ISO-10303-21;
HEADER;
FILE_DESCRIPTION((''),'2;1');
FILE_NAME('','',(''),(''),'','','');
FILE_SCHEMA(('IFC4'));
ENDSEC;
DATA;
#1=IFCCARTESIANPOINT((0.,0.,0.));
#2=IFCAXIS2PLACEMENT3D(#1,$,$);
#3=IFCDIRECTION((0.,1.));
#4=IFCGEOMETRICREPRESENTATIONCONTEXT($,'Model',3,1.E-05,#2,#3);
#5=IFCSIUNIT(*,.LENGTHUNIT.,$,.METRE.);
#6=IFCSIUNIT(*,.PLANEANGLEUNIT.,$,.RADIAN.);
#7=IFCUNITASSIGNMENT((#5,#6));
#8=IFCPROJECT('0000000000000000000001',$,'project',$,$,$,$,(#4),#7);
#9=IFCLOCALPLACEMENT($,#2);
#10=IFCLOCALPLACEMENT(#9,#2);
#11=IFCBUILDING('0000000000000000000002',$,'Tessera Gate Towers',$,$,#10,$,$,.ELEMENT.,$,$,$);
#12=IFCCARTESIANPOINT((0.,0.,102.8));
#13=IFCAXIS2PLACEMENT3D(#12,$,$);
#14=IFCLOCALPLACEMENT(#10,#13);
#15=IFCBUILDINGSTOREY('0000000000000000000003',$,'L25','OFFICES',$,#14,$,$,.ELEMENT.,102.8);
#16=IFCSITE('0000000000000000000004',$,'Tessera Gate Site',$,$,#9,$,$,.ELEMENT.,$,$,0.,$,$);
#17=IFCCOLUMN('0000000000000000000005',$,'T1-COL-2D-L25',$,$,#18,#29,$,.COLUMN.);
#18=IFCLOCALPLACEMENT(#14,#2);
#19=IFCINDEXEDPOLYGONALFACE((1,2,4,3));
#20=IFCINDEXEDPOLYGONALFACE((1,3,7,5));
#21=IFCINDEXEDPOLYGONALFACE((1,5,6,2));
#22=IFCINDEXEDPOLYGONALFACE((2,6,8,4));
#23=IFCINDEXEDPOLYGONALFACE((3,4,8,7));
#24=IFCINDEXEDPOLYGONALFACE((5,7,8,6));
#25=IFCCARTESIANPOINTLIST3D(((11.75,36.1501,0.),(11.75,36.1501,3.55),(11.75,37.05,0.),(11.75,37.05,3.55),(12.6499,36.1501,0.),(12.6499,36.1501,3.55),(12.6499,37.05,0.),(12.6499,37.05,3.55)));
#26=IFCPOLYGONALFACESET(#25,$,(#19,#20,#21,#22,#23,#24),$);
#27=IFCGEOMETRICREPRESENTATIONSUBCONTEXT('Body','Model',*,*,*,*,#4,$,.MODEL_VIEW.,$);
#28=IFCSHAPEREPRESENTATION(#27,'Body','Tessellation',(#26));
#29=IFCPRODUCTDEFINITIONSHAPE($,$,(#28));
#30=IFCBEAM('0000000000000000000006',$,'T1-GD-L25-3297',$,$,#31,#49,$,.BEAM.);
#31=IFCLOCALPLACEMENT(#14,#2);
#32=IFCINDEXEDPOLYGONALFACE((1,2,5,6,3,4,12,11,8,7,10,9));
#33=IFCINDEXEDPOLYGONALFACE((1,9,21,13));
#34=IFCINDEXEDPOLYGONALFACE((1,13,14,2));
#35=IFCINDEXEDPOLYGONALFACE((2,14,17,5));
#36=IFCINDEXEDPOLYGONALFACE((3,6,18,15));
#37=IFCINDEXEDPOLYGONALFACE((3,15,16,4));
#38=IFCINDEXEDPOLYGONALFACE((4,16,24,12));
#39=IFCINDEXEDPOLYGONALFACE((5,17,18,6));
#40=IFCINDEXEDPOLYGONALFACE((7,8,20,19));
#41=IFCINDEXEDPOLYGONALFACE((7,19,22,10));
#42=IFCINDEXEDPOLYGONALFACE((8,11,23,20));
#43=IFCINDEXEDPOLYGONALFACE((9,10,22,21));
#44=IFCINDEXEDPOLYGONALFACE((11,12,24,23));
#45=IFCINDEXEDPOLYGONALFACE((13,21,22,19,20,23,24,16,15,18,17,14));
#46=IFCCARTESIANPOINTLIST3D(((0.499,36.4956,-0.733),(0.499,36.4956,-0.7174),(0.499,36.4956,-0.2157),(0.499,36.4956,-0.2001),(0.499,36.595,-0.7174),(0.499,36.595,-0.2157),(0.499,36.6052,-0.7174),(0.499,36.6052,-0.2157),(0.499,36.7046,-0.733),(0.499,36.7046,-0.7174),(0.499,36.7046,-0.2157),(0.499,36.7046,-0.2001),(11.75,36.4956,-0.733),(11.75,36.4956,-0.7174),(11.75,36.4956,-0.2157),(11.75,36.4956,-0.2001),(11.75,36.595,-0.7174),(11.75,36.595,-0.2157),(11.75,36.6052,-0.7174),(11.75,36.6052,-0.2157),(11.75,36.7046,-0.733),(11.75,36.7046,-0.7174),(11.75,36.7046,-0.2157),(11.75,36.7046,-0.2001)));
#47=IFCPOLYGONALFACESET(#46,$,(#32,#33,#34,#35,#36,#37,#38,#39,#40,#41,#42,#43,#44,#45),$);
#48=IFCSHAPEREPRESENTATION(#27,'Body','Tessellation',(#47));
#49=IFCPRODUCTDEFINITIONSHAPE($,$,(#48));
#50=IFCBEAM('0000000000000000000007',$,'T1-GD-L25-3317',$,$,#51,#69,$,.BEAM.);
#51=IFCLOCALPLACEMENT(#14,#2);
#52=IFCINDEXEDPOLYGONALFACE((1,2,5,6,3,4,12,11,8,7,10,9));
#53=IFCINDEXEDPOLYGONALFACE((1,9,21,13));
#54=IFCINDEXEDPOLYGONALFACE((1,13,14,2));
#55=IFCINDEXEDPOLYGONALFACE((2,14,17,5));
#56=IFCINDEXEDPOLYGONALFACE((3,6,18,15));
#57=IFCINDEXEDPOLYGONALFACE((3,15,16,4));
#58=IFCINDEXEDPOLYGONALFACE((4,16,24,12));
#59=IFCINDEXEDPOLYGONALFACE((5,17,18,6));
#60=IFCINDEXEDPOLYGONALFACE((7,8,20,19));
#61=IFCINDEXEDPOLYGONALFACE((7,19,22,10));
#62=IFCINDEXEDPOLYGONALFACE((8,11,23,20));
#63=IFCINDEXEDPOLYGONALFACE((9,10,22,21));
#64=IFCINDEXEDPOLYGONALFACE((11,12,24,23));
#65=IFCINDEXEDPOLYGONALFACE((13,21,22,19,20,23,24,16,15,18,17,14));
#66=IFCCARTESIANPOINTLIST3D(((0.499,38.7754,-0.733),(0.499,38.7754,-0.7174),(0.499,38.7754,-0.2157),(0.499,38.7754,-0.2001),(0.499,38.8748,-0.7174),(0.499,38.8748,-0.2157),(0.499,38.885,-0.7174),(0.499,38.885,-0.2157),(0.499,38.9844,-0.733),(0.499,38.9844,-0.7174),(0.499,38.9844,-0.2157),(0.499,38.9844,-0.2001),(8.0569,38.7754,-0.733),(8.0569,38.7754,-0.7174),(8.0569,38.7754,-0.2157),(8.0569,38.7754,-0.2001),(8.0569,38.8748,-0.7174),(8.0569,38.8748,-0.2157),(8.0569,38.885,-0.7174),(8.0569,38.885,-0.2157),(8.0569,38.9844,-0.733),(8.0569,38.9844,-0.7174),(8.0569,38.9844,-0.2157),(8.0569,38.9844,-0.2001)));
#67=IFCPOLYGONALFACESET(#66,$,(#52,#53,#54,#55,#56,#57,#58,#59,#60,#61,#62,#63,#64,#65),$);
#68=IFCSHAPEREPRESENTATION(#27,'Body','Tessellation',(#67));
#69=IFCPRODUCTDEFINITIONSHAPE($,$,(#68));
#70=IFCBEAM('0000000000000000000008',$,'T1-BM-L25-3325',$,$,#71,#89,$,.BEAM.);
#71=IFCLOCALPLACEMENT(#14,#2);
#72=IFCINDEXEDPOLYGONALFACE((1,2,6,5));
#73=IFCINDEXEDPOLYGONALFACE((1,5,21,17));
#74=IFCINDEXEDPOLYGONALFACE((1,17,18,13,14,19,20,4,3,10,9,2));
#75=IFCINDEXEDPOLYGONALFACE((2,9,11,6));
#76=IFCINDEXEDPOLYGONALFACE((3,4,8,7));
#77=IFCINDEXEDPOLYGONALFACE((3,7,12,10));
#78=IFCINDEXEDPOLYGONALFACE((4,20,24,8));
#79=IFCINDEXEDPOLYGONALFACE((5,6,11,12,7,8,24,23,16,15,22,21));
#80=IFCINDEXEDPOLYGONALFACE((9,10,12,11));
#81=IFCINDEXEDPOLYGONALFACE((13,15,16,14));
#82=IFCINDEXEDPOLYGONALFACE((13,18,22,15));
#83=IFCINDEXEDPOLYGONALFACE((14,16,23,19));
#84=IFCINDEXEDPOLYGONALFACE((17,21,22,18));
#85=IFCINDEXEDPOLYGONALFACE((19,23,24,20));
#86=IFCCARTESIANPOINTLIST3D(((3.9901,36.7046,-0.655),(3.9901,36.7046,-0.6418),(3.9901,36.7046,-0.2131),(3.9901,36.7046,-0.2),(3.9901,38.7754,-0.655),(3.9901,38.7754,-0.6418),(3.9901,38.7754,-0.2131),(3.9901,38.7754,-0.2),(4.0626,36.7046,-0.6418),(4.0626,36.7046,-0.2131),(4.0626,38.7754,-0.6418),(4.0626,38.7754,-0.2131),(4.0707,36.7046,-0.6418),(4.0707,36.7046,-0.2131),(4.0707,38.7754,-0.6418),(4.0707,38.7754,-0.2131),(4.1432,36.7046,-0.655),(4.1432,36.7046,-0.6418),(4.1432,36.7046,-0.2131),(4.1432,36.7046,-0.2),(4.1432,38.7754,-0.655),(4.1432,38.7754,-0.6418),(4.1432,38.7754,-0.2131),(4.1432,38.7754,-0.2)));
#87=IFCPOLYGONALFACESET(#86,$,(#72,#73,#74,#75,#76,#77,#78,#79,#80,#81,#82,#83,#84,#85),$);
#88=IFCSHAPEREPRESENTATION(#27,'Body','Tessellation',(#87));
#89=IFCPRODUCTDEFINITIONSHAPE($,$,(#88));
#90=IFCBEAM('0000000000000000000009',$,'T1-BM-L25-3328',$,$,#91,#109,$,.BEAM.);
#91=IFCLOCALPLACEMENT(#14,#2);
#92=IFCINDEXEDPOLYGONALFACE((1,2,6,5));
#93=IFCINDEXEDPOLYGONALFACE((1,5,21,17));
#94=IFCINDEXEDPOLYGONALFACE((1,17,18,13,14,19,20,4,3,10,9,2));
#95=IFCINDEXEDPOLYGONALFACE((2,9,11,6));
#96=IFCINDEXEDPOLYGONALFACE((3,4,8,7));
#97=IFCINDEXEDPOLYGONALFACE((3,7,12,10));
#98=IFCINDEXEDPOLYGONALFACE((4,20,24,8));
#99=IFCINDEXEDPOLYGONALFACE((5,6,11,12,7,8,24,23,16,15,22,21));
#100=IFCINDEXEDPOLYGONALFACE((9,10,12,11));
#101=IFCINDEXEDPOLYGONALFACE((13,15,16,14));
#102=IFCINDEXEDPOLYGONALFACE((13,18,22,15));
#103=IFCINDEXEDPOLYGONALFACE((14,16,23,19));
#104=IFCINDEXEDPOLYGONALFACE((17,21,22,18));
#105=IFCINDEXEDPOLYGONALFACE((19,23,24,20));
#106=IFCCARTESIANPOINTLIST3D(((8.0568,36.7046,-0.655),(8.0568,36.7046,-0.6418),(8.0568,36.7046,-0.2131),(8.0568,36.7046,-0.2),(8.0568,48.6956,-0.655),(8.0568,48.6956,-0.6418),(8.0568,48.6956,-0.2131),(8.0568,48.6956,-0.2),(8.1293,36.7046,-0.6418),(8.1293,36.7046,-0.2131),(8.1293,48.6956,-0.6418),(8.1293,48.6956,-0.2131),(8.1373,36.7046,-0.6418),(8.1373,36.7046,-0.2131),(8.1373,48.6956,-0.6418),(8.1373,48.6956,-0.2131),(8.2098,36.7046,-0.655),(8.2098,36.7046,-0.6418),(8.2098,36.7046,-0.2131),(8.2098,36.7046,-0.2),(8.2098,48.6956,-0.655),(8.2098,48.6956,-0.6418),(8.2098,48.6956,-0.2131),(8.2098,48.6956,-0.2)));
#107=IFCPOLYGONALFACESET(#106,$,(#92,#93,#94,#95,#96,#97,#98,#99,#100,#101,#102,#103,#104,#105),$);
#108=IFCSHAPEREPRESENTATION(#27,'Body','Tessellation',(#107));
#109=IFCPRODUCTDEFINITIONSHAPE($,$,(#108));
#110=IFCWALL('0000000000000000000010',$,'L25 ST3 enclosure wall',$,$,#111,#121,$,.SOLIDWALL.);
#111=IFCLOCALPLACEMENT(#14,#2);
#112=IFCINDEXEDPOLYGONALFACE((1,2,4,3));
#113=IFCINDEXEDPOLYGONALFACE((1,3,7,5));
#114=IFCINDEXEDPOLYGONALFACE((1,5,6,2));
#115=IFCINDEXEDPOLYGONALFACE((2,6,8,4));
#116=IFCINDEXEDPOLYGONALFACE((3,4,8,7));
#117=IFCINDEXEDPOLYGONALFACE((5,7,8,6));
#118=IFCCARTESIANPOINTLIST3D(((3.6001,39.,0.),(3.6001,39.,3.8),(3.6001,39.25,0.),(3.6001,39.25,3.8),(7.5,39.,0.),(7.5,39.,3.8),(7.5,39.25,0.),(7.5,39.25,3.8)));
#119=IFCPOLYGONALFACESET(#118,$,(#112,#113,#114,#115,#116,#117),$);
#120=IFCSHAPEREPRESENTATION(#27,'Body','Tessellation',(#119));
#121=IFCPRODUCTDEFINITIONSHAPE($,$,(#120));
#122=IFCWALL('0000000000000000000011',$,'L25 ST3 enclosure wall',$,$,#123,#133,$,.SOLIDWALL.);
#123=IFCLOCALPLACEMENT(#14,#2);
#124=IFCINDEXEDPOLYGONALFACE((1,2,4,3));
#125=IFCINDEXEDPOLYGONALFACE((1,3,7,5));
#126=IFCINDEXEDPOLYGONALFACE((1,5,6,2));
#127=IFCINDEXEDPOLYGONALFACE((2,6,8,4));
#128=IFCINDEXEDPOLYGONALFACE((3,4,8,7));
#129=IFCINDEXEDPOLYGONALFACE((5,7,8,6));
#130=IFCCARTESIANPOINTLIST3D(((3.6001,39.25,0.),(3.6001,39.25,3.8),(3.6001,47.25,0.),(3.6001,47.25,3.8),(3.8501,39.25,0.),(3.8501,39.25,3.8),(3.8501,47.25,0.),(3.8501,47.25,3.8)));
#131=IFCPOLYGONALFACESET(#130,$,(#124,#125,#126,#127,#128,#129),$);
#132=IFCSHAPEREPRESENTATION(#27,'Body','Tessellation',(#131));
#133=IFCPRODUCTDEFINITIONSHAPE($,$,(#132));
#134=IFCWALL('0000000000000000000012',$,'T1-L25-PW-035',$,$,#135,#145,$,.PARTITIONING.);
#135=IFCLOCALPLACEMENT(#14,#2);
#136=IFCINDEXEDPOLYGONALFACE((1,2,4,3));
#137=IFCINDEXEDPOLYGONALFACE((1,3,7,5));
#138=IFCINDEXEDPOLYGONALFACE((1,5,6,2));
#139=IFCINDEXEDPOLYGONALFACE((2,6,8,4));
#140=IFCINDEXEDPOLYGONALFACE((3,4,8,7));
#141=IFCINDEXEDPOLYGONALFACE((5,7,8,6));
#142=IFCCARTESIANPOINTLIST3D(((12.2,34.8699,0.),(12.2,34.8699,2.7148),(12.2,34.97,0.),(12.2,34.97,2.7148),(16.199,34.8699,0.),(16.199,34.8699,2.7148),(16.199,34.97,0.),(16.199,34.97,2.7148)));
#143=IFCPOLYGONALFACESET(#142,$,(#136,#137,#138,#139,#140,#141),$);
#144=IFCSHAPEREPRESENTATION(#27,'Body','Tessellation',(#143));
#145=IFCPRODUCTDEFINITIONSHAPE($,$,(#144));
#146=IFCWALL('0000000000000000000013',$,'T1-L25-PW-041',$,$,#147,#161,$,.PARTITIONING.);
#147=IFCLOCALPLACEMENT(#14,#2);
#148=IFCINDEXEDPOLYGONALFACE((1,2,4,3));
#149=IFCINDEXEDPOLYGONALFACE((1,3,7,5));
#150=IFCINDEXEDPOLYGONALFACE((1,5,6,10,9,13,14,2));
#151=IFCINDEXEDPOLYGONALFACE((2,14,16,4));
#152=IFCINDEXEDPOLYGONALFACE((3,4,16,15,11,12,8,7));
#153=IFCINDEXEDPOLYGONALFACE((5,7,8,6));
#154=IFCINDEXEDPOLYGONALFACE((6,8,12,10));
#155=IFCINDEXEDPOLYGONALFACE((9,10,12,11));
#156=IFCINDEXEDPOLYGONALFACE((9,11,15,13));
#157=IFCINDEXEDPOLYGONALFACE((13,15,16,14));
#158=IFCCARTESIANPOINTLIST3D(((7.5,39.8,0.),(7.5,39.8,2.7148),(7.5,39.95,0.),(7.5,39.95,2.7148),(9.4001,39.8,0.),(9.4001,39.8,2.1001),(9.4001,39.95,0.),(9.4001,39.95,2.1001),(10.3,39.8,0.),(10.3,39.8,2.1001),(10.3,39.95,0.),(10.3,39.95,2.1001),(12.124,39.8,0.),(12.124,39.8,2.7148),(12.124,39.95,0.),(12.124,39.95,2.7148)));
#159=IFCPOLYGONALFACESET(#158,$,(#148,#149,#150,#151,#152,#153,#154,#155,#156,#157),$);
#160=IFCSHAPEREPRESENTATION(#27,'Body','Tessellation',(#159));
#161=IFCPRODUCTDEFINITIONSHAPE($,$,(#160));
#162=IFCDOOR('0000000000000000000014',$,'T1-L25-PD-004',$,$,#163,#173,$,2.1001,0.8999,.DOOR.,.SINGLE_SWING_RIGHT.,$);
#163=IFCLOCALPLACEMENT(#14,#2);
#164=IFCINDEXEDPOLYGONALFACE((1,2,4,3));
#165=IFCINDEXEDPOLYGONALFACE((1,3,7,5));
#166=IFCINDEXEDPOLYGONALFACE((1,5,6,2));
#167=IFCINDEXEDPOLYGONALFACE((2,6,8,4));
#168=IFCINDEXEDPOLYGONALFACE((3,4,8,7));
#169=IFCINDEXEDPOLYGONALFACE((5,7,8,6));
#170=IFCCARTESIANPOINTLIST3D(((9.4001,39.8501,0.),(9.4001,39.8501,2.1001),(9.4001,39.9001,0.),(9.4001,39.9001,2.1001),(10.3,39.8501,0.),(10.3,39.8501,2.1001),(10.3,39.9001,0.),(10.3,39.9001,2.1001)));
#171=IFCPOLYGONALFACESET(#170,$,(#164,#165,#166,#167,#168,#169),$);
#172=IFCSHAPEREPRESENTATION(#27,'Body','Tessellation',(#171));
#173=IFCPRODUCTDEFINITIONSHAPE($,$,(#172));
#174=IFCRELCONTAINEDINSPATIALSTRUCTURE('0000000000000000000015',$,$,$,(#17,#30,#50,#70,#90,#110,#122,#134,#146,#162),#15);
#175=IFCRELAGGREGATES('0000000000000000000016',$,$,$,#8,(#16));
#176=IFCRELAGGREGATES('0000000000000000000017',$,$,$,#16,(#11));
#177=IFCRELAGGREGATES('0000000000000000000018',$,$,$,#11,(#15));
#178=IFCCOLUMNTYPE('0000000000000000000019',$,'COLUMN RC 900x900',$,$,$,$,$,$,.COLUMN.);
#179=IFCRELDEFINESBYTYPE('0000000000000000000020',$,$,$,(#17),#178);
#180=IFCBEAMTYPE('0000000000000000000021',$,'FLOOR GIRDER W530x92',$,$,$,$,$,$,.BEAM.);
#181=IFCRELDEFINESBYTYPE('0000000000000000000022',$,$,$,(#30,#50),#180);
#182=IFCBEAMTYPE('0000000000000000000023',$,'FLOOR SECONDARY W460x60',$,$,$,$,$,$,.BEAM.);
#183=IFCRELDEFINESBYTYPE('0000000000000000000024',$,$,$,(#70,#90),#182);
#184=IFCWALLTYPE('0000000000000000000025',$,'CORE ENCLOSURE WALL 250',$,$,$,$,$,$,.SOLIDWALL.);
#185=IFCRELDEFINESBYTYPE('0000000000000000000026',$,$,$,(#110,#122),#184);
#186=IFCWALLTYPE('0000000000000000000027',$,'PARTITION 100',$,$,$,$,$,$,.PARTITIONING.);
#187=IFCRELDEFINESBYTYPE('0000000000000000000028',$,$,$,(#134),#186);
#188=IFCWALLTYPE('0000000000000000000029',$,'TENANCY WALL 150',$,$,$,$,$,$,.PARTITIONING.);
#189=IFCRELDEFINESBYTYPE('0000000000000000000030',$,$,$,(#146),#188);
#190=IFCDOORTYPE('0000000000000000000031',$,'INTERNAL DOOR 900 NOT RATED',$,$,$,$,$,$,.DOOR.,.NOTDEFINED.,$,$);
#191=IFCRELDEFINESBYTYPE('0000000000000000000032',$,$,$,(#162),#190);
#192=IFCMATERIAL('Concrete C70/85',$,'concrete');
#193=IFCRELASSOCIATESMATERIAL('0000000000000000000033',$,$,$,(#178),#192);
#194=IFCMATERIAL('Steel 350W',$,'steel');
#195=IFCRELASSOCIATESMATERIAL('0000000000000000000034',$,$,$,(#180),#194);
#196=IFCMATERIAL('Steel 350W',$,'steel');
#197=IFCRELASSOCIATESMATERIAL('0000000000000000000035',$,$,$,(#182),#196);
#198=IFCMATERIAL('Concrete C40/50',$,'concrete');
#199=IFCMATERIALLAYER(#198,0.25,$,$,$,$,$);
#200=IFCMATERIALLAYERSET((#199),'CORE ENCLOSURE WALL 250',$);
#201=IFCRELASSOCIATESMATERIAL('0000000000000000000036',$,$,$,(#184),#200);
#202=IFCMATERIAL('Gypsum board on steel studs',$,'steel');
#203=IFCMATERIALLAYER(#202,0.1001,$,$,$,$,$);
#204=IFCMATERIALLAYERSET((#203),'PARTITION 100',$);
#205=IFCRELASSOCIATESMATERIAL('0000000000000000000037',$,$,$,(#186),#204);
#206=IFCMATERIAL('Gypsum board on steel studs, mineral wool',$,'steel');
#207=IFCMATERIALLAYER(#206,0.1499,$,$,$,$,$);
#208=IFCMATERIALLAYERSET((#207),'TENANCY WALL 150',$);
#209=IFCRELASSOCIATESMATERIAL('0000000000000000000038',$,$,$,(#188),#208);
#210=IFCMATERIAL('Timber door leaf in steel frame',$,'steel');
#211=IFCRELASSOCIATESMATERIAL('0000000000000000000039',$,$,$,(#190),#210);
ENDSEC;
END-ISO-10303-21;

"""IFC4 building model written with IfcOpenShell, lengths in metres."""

from ifc_helpers import new_model, si_unit, direction, frame, frame_2d, origin, origin_2d, place, context, subcontext, project, spatial, rectangle, i_section, extrude, source, transform, mapped, material, layer, layer_set, material_profile, profile_set, type_object, element, fill, save


model = new_model("IFC4")

# Units and contexts
model_context = context("Model", 3, precision=1e-05, world=origin(), true_north=direction((0.0, 1.0)))
body_context = subcontext(model_context, "Body", "Model", "MODEL_VIEW")
ifc_project = project(units=[si_unit("LENGTHUNIT", "METRE"), si_unit("PLANEANGLEUNIT", "RADIAN")], contexts=[model_context])

# Site, building, storey
site_placement = place(None, origin())
site = spatial("IfcSite", under=ifc_project, at=site_placement, Name="Tessera Gate Site", CompositionType="ELEMENT", RefElevation=0.0)
building_placement = place(site_placement, origin())
building = spatial("IfcBuilding", under=site, at=building_placement, Name="Tessera Gate Towers", CompositionType="ELEMENT")
storey_placement = place(building_placement, frame((0.0, 0.0, 102.8)))
storey = spatial("IfcBuildingStorey", under=building, at=storey_placement, Name="L25", Description="OFFICES", CompositionType="ELEMENT", Elevation=102.8)

# Column
ifc_material_1 = material(Name="Concrete C70/85", Category="concrete")
ifc_material_profile_1 = material_profile(ifc_material_1, rectangle(XDim=0.8999, YDim=0.8999, at=origin_2d()), Name="RC 900x900")
ifc_profile_set_1 = profile_set([ifc_material_profile_1], Name="Concrete C70/85")
column_type = type_object("IfcColumnType", Name="COLUMN RC 900x900", PredefinedType="COLUMN", material=ifc_profile_set_1)
column_placement = place(storey_placement, frame((12.2, 36.6001, 0.0), z_axis=(0.0, 0.0, 1.0), x_axis=(1.0, 0.0, 0.0)))
element("IfcColumn", 1, at=column_placement, inside=storey, type_object=column_type, Name="T1-COL-2D-L25", PredefinedType="COLUMN", context=body_context, shape_type="SweptSolid", body=[
    extrude(rectangle(XDim=0.8999, YDim=0.8999, at=origin_2d()), origin(), (0.0, 0.0, 1.0), 3.55),
])

# Beams
ifc_material_2 = material(Name="Steel 350W", Category="steel")
ifc_material_profile_2 = material_profile(ifc_material_2, i_section(OverallWidth=0.209, OverallDepth=0.533, WebThickness=0.0103, FlangeThickness=0.0156, at=origin_2d()), Name="W530x92")
ifc_profile_set_2 = profile_set([ifc_material_profile_2], Name="Steel 350W")
beam_type_1 = type_object("IfcBeamType", Name="FLOOR GIRDER W530x92", PredefinedType="BEAM", material=ifc_profile_set_2)
beam_1_placement = place(storey_placement, frame((0.499, 36.6001, -0.4666), z_axis=(1.0, 0.0, 0.0), x_axis=(0.0, 1.0, 0.0)))
element("IfcBeam", 2, at=beam_1_placement, inside=storey, type_object=beam_type_1, Name="T1-GD-L25-3297", PredefinedType="BEAM", context=body_context, shape_type="SweptSolid", body=[
    extrude(i_section(OverallWidth=0.209, OverallDepth=0.533, WebThickness=0.0103, FlangeThickness=0.0156, at=origin_2d()), origin(), (0.0, 0.0, 1.0), 11.251),
])
beam_2_placement = place(storey_placement, frame((0.499, 38.8799, -0.4666), z_axis=(1.0, 0.0, 0.0), x_axis=(0.0, 1.0, 0.0)))
element("IfcBeam", 3, at=beam_2_placement, inside=storey, type_object=beam_type_1, Name="T1-GD-L25-3317", PredefinedType="BEAM", context=body_context, shape_type="SweptSolid", body=[
    extrude(i_section(OverallWidth=0.209, OverallDepth=0.533, WebThickness=0.0103, FlangeThickness=0.0156, at=origin_2d()), origin(), (0.0, 0.0, 1.0), 7.5579),
])
ifc_material_3 = material(Name="Steel 350W", Category="steel")
ifc_material_profile_3 = material_profile(ifc_material_3, i_section(OverallWidth=0.1531, OverallDepth=0.4551, WebThickness=0.0081, FlangeThickness=0.0132, at=origin_2d()), Name="W460x60")
ifc_profile_set_3 = profile_set([ifc_material_profile_3], Name="Steel 350W")
beam_type_2 = type_object("IfcBeamType", Name="FLOOR SECONDARY W460x60", PredefinedType="BEAM", material=ifc_profile_set_3)
beam_3_placement = place(storey_placement, frame((4.0667, 36.7046, -0.4275), z_axis=(0.0, 1.0, 0.0), x_axis=(-1.0, 0.0, 0.0)))
element("IfcBeam", 4, at=beam_3_placement, inside=storey, type_object=beam_type_2, Name="T1-BM-L25-3325", PredefinedType="BEAM", context=body_context, shape_type="SweptSolid", body=[
    extrude(i_section(OverallWidth=0.1531, OverallDepth=0.4551, WebThickness=0.0081, FlangeThickness=0.0132, at=origin_2d()), origin(), (0.0, 0.0, 1.0), 2.0708),
])
beam_4_placement = place(storey_placement, frame((8.1333, 36.7046, -0.4275), z_axis=(0.0, 1.0, 0.0), x_axis=(-1.0, 0.0, 0.0)))
element("IfcBeam", 5, at=beam_4_placement, inside=storey, type_object=beam_type_2, Name="T1-BM-L25-3328", PredefinedType="BEAM", context=body_context, shape_type="SweptSolid", body=[
    extrude(i_section(OverallWidth=0.1531, OverallDepth=0.4551, WebThickness=0.0081, FlangeThickness=0.0132, at=origin_2d()), origin(), (0.0, 0.0, 1.0), 11.991),
])

# Walls
ifc_material_4 = material(Name="Concrete C40/50", Category="concrete")
ifc_layer_1 = layer(ifc_material_4, 0.25)
ifc_layer_set_1 = layer_set([ifc_layer_1], Name="CORE ENCLOSURE WALL 250")
wall_type_1 = type_object("IfcWallType", Name="CORE ENCLOSURE WALL 250", PredefinedType="SOLIDWALL", material=ifc_layer_set_1)
wall_1_placement = place(storey_placement, frame((7.5, 39.125, 0.0), z_axis=(0.0, 0.0, 1.0), x_axis=(-1.0, 0.0, 0.0)))
element("IfcWall", 6, at=wall_1_placement, inside=storey, type_object=wall_type_1, Name="L25 ST3 enclosure wall", PredefinedType="SOLIDWALL", context=body_context, shape_type="SweptSolid", body=[
    extrude(rectangle(XDim=3.8999, YDim=0.25, at=frame_2d((1.95, 0.0))), origin(), (0.0, 0.0, 1.0), 3.8),
])
wall_2_placement = place(storey_placement, frame((3.7251, 39.25, 0.0), z_axis=(0.0, 0.0, 1.0), x_axis=(0.0, 1.0, 0.0)))
element("IfcWall", 7, at=wall_2_placement, inside=storey, type_object=wall_type_1, Name="L25 ST3 enclosure wall", PredefinedType="SOLIDWALL", context=body_context, shape_type="SweptSolid", body=[
    extrude(rectangle(XDim=8.0, YDim=0.25, at=frame_2d((4.0, 0.0))), origin(), (0.0, 0.0, 1.0), 3.8),
])
ifc_material_5 = material(Name="Gypsum board on steel studs", Category="steel")
ifc_layer_2 = layer(ifc_material_5, 0.1001)
ifc_layer_set_2 = layer_set([ifc_layer_2], Name="PARTITION 100")
wall_type_2 = type_object("IfcWallType", Name="PARTITION 100", PredefinedType="PARTITIONING", material=ifc_layer_set_2)
wall_3_placement = place(storey_placement, frame((12.2, 34.9199, 0.0), z_axis=(0.0, 0.0, 1.0), x_axis=(1.0, 0.0, 0.0)))
element("IfcWall", 8, at=wall_3_placement, inside=storey, type_object=wall_type_2, Name="T1-L25-PW-035", PredefinedType="PARTITIONING", context=body_context, shape_type="SweptSolid", body=[
    extrude(rectangle(XDim=3.999, YDim=0.1001, at=frame_2d((1.9995, 0.0))), origin(), (0.0, 0.0, 1.0), 2.7148),
])

# Wall, opening, door
ifc_material_6 = material(Name="Gypsum board on steel studs, mineral wool", Category="steel")
ifc_layer_3 = layer(ifc_material_6, 0.1499)
ifc_layer_set_3 = layer_set([ifc_layer_3], Name="TENANCY WALL 150")
wall_type_3 = type_object("IfcWallType", Name="TENANCY WALL 150", PredefinedType="PARTITIONING", material=ifc_layer_set_3)
wall_4_placement = place(storey_placement, frame((12.124, 39.875, 0.0), z_axis=(0.0, 0.0, 1.0), x_axis=(-1.0, 0.0, 0.0)))
wall_4 = element("IfcWall", 9, at=wall_4_placement, inside=storey, type_object=wall_type_3, Name="T1-L25-PW-041", PredefinedType="PARTITIONING", context=body_context, shape_type="SweptSolid", body=[
    extrude(rectangle(XDim=4.624, YDim=0.1499, at=frame_2d((2.312, 0.0))), origin(), (0.0, 0.0, 1.0), 2.7148),
])
shared_shape_1 = source(origin(), body_context, "Body", "SweptSolid", [
    extrude(rectangle(XDim=0.8999, YDim=2.1001, at=frame_2d((0.45, 1.05))), frame((0.0, 0.085, 0.0), z_axis=(0.0, -1.0, 0.0), x_axis=(1.0, 0.0, 0.0)), (0.0, 0.0, 1.0), 0.1699),
])
opening_1_placement = place(wall_4_placement, frame((1.824, 0.0, 0.0)))
opening_1 = element("IfcOpeningElement", 10, at=opening_1_placement, cuts=wall_4, PredefinedType="OPENING", context=body_context, shape_type="MappedRepresentation", body=[
    mapped(shared_shape_1, transform((0.0, 0.0, 0.0), scale=1.0)),
])
ifc_material_7 = material(Name="Timber door leaf in steel frame", Category="steel")
door_type = type_object("IfcDoorType", Name="INTERNAL DOOR 900 NOT RATED", OperationType="NOTDEFINED", PredefinedType="DOOR", material=ifc_material_7)
shared_shape_2 = source(origin(), body_context, "Body", "SweptSolid", [
    extrude(rectangle(XDim=0.8999, YDim=2.1001, at=frame_2d((0.45, 1.05))), frame((0.0, 0.0249, 0.0), z_axis=(0.0, -1.0, 0.0), x_axis=(1.0, 0.0, 0.0)), (0.0, 0.0, 1.0), 0.05),
])
door_placement = place(opening_1_placement, origin())
door = element("IfcDoor", 11, at=door_placement, inside=storey, type_object=door_type, Name="T1-L25-PD-004", OperationType="SINGLE_SWING_RIGHT", OverallHeight=2.1001, OverallWidth=0.8999, PredefinedType="DOOR", context=body_context, shape_type="MappedRepresentation", body=[
    mapped(shared_shape_2, transform((0.0, 0.0, 0.0), scale=1.0)),
])
fill(opening_1, door)

save(model, "model.ifc")
